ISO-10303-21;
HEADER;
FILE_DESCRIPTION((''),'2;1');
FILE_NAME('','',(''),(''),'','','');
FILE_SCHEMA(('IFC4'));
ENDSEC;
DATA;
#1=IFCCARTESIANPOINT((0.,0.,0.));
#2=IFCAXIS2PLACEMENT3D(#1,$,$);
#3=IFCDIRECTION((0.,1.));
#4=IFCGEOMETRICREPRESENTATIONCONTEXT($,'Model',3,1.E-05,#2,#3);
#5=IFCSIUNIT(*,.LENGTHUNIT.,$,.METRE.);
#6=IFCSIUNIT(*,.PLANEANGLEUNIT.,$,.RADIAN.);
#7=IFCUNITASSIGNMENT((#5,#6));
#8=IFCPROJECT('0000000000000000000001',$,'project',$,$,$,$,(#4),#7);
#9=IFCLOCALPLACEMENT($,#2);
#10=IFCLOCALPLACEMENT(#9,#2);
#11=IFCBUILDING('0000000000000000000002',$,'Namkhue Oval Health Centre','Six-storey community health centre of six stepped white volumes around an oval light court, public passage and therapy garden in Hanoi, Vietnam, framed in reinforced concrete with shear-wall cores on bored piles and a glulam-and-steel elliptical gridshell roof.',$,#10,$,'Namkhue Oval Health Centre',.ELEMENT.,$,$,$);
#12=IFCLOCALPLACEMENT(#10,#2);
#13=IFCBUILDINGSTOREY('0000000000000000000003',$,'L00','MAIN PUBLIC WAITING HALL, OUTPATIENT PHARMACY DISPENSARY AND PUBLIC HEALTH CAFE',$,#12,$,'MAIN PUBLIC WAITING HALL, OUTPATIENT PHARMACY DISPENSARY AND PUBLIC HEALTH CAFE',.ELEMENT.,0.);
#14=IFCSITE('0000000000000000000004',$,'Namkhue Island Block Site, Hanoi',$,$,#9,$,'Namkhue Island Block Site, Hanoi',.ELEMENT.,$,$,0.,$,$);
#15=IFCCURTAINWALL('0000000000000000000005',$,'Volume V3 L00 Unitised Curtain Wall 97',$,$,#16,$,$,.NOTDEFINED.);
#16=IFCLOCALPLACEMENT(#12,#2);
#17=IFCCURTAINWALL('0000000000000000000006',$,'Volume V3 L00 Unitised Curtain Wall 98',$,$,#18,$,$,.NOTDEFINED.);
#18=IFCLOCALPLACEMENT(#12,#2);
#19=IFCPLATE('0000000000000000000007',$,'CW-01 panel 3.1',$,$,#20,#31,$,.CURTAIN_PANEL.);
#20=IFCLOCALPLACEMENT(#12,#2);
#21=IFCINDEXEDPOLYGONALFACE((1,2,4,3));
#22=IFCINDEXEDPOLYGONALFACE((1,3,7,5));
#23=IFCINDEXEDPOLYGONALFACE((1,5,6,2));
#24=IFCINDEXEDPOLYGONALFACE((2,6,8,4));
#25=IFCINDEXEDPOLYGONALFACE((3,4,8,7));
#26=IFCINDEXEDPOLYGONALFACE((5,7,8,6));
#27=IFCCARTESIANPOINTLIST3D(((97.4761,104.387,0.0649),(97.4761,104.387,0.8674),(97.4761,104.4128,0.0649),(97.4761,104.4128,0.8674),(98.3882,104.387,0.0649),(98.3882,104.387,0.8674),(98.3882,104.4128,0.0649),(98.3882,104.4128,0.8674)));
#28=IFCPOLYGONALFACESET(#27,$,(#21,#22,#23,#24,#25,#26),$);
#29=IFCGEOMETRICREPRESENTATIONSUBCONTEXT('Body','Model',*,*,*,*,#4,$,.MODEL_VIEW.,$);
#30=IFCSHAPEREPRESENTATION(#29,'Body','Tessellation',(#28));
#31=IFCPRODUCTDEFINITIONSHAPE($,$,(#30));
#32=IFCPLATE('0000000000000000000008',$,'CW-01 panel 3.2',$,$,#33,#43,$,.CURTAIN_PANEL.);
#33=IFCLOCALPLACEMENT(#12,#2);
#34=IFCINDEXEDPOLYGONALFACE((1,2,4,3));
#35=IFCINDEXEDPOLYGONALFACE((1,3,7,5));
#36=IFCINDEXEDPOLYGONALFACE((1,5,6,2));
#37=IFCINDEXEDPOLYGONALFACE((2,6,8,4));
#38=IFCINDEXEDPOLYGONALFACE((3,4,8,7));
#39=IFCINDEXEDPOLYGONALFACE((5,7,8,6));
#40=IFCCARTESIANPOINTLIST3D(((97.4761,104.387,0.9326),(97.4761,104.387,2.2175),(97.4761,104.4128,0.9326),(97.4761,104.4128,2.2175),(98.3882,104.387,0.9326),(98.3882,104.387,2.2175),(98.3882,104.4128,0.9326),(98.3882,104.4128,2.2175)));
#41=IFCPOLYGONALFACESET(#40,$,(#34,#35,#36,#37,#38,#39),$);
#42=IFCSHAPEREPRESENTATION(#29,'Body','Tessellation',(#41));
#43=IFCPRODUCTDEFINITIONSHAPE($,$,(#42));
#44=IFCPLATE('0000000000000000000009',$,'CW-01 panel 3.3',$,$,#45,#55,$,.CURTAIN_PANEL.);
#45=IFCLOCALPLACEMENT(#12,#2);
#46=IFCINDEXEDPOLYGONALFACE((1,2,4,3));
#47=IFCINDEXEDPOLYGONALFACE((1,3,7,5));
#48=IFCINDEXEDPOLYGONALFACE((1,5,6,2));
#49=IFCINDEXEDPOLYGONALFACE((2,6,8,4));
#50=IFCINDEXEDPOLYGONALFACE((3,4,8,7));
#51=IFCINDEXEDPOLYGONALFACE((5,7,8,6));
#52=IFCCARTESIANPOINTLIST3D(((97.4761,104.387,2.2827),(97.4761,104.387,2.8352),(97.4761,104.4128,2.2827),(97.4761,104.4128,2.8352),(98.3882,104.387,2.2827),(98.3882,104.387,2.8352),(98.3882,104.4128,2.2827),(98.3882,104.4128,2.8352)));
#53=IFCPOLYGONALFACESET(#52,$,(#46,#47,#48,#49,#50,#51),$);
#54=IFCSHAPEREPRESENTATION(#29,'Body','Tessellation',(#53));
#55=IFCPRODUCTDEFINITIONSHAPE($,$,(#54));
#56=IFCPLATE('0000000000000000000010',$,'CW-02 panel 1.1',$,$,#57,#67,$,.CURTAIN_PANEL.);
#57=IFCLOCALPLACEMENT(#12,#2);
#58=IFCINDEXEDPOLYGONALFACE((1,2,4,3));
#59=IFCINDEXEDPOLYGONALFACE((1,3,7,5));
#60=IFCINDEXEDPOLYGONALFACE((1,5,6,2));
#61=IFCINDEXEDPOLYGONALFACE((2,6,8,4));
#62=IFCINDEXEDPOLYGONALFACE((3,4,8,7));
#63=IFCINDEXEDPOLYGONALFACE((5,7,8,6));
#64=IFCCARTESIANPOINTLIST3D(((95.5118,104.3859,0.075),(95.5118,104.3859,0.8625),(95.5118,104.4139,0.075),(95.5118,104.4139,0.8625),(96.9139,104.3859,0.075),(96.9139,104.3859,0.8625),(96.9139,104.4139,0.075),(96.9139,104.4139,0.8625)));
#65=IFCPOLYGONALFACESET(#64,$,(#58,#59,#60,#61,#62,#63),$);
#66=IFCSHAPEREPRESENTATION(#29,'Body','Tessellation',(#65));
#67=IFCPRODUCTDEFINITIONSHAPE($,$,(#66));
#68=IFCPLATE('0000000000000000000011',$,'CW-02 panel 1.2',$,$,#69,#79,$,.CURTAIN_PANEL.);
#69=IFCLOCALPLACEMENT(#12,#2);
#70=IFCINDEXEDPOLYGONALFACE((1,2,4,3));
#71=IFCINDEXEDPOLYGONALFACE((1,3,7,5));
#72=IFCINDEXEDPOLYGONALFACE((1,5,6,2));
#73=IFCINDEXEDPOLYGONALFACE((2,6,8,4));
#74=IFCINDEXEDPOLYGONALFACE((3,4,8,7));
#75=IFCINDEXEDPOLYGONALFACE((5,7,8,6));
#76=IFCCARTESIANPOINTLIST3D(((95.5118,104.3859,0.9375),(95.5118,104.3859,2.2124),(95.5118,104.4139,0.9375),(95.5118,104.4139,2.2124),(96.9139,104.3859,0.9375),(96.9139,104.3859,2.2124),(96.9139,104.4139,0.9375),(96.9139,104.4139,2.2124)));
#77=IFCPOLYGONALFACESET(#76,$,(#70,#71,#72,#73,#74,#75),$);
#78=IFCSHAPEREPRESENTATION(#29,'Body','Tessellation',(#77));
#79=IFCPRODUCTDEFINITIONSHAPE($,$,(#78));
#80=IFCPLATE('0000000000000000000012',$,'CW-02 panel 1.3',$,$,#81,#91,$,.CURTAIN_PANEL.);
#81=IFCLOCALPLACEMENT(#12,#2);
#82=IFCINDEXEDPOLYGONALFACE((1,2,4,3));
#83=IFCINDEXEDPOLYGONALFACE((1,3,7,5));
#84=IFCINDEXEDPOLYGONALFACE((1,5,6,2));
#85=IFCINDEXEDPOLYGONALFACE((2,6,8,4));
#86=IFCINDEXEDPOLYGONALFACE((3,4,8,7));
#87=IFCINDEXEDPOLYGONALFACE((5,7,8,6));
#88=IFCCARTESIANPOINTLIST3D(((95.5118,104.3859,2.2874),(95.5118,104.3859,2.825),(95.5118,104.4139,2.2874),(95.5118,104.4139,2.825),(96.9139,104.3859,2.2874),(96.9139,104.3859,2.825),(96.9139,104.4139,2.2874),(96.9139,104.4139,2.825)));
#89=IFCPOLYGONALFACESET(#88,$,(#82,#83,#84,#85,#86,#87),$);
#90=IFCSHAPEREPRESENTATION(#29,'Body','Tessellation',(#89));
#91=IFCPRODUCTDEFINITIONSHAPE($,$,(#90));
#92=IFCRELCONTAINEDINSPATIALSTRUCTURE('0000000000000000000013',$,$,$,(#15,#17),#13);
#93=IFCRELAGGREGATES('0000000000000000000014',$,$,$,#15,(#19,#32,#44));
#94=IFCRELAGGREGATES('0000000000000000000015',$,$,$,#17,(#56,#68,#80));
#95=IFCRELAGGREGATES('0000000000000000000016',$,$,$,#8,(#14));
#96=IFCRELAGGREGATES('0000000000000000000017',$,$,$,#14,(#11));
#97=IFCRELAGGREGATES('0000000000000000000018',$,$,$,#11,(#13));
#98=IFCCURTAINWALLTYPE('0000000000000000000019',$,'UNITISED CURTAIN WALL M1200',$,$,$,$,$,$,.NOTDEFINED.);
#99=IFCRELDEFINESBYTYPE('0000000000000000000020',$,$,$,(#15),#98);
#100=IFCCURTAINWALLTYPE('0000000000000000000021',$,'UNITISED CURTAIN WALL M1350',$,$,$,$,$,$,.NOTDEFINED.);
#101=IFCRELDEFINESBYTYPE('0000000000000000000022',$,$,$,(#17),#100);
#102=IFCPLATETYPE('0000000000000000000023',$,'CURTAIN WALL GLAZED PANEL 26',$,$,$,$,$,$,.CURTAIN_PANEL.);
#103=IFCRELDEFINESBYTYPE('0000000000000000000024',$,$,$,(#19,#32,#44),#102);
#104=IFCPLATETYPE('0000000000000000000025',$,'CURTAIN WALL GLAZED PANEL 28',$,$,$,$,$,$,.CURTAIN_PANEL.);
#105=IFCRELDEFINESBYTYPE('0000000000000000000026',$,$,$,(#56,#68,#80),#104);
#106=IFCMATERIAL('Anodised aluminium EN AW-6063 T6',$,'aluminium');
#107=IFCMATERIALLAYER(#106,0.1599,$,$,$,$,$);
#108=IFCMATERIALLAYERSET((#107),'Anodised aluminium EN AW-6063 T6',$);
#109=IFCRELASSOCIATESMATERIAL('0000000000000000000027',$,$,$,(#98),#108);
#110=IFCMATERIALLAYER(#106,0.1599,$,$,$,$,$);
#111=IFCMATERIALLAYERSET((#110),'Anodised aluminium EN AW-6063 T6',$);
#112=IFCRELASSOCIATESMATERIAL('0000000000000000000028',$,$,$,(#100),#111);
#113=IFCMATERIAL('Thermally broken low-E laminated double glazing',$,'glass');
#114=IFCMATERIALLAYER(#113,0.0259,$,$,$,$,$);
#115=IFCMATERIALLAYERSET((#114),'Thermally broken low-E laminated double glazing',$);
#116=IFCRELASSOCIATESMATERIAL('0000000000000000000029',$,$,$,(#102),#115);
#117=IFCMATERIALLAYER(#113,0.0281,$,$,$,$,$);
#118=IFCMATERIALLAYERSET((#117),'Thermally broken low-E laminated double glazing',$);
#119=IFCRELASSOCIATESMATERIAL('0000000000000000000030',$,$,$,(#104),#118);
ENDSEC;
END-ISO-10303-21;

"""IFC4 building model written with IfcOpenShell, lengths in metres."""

from ifc_helpers import new_model, si_unit, direction, frame, origin, origin_2d, place, context, subcontext, project, spatial, rectangle, extrude, material, layer, layer_set, type_object, element, aggregate, save


model = new_model("IFC4")

# Units and contexts
model_context = context("Model", 3, precision=1e-05, world=origin(), true_north=direction((0.0, 1.0)))
body_context = subcontext(model_context, "Body", "Model", "MODEL_VIEW")
ifc_project = project(units=[si_unit("LENGTHUNIT", "METRE"), si_unit("PLANEANGLEUNIT", "RADIAN")], contexts=[model_context])

# Site, building, storey
site_placement = place(None, origin())
site = spatial("IfcSite", under=ifc_project, at=site_placement, Name="Namkhue Island Block Site, Hanoi", LongName="Namkhue Island Block Site, Hanoi", CompositionType="ELEMENT", RefElevation=0.0)
building_placement = place(site_placement, origin())
building = spatial("IfcBuilding", under=site, at=building_placement, Name="Namkhue Oval Health Centre", Description="Six-storey community health centre of six stepped white volumes around an oval light court, public passage and therapy garden in Hanoi, Vietnam, framed in reinforced concrete with shear-wall cores on bored piles and a glulam-and-steel elliptical gridshell roof.", LongName="Namkhue Oval Health Centre", CompositionType="ELEMENT")
storey_placement = place(building_placement, origin())
storey = spatial("IfcBuildingStorey", under=building, at=storey_placement, Name="L00", Description="MAIN PUBLIC WAITING HALL, OUTPATIENT PHARMACY DISPENSARY AND PUBLIC HEALTH CAFE", LongName="MAIN PUBLIC WAITING HALL, OUTPATIENT PHARMACY DISPENSARY AND PUBLIC HEALTH CAFE", CompositionType="ELEMENT", Elevation=0.0)

# Curtain wall
ifc_material_1 = material(Name="Anodised aluminium EN AW-6063 T6", Category="aluminium")
ifc_layer_1 = layer(ifc_material_1, 0.1599)
ifc_layer_set_1 = layer_set([ifc_layer_1], Name="Anodised aluminium EN AW-6063 T6")
curtain_wall_type_1 = type_object("IfcCurtainWallType", Name="UNITISED CURTAIN WALL M1200", PredefinedType="NOTDEFINED", material=ifc_layer_set_1)
curtain_wall_1_placement = place(storey_placement, origin())
curtain_wall_1 = element("IfcCurtainWall", 1, at=curtain_wall_1_placement, inside=storey, type_object=curtain_wall_type_1, Name="Volume V3 L00 Unitised Curtain Wall 97", PredefinedType="NOTDEFINED")

# Curtain wall
ifc_layer_2 = layer(ifc_material_1, 0.1599)
ifc_layer_set_2 = layer_set([ifc_layer_2], Name="Anodised aluminium EN AW-6063 T6")
curtain_wall_type_2 = type_object("IfcCurtainWallType", Name="UNITISED CURTAIN WALL M1350", PredefinedType="NOTDEFINED", material=ifc_layer_set_2)
curtain_wall_2_placement = place(storey_placement, origin())
curtain_wall_2 = element("IfcCurtainWall", 2, at=curtain_wall_2_placement, inside=storey, type_object=curtain_wall_type_2, Name="Volume V3 L00 Unitised Curtain Wall 98", PredefinedType="NOTDEFINED")

# Plates
ifc_material_2 = material(Name="Thermally broken low-E laminated double glazing", Category="glass")
ifc_layer_3 = layer(ifc_material_2, 0.0259)
ifc_layer_set_3 = layer_set([ifc_layer_3], Name="Thermally broken low-E laminated double glazing")
plate_type_1 = type_object("IfcPlateType", Name="CURTAIN WALL GLAZED PANEL 26", PredefinedType="CURTAIN_PANEL", material=ifc_layer_set_3)
plate_1_placement = place(storey_placement, frame((97.9321, 104.3999, 0.0649), z_axis=(0.0, 0.0, 1.0), x_axis=(-1.0, 0.0, 0.0)))
plate_1 = element("IfcPlate", 3, at=plate_1_placement, type_object=plate_type_1, Name="CW-01 panel 3.1", PredefinedType="CURTAIN_PANEL", context=body_context, shape_type="SweptSolid", body=[
    extrude(rectangle(XDim=0.9121, YDim=0.0259, at=origin_2d()), origin(), (0.0, 0.0, 1.0), 0.8025),
])
plate_2_placement = place(storey_placement, frame((97.9321, 104.3999, 0.9326), z_axis=(0.0, 0.0, 1.0), x_axis=(-1.0, 0.0, 0.0)))
plate_2 = element("IfcPlate", 4, at=plate_2_placement, type_object=plate_type_1, Name="CW-01 panel 3.2", PredefinedType="CURTAIN_PANEL", context=body_context, shape_type="SweptSolid", body=[
    extrude(rectangle(XDim=0.9121, YDim=0.0259, at=origin_2d()), origin(), (0.0, 0.0, 1.0), 1.2849),
])
plate_3_placement = place(storey_placement, frame((97.9321, 104.3999, 2.2827), z_axis=(0.0, 0.0, 1.0), x_axis=(-1.0, 0.0, 0.0)))
plate_3 = element("IfcPlate", 5, at=plate_3_placement, type_object=plate_type_1, Name="CW-01 panel 3.3", PredefinedType="CURTAIN_PANEL", context=body_context, shape_type="SweptSolid", body=[
    extrude(rectangle(XDim=0.9121, YDim=0.0259, at=origin_2d()), origin(), (0.0, 0.0, 1.0), 0.5525),
])
aggregate(curtain_wall_1, [plate_1, plate_2, plate_3])
ifc_layer_4 = layer(ifc_material_2, 0.0281)
ifc_layer_set_4 = layer_set([ifc_layer_4], Name="Thermally broken low-E laminated double glazing")
plate_type_2 = type_object("IfcPlateType", Name="CURTAIN WALL GLAZED PANEL 28", PredefinedType="CURTAIN_PANEL", material=ifc_layer_set_4)
plate_4_placement = place(storey_placement, frame((96.2129, 104.3999, 0.075), z_axis=(0.0, 0.0, 1.0), x_axis=(-1.0, 0.0, 0.0)))
plate_4 = element("IfcPlate", 6, at=plate_4_placement, type_object=plate_type_2, Name="CW-02 panel 1.1", PredefinedType="CURTAIN_PANEL", context=body_context, shape_type="SweptSolid", body=[
    extrude(rectangle(XDim=1.4021, YDim=0.0281, at=origin_2d()), origin(), (0.0, 0.0, 1.0), 0.7876),
])
plate_5_placement = place(storey_placement, frame((96.2129, 104.3999, 0.9375), z_axis=(0.0, 0.0, 1.0), x_axis=(-1.0, 0.0, 0.0)))
plate_5 = element("IfcPlate", 7, at=plate_5_placement, type_object=plate_type_2, Name="CW-02 panel 1.2", PredefinedType="CURTAIN_PANEL", context=body_context, shape_type="SweptSolid", body=[
    extrude(rectangle(XDim=1.4021, YDim=0.0281, at=origin_2d()), origin(), (0.0, 0.0, 1.0), 1.2749),
])
plate_6_placement = place(storey_placement, frame((96.2129, 104.3999, 2.2874), z_axis=(0.0, 0.0, 1.0), x_axis=(-1.0, 0.0, 0.0)))
plate_6 = element("IfcPlate", 8, at=plate_6_placement, type_object=plate_type_2, Name="CW-02 panel 1.3", PredefinedType="CURTAIN_PANEL", context=body_context, shape_type="SweptSolid", body=[
    extrude(rectangle(XDim=1.4021, YDim=0.0281, at=origin_2d()), origin(), (0.0, 0.0, 1.0), 0.5376),
])
aggregate(curtain_wall_2, [plate_4, plate_5, plate_6])

save(model, "model.ifc")
